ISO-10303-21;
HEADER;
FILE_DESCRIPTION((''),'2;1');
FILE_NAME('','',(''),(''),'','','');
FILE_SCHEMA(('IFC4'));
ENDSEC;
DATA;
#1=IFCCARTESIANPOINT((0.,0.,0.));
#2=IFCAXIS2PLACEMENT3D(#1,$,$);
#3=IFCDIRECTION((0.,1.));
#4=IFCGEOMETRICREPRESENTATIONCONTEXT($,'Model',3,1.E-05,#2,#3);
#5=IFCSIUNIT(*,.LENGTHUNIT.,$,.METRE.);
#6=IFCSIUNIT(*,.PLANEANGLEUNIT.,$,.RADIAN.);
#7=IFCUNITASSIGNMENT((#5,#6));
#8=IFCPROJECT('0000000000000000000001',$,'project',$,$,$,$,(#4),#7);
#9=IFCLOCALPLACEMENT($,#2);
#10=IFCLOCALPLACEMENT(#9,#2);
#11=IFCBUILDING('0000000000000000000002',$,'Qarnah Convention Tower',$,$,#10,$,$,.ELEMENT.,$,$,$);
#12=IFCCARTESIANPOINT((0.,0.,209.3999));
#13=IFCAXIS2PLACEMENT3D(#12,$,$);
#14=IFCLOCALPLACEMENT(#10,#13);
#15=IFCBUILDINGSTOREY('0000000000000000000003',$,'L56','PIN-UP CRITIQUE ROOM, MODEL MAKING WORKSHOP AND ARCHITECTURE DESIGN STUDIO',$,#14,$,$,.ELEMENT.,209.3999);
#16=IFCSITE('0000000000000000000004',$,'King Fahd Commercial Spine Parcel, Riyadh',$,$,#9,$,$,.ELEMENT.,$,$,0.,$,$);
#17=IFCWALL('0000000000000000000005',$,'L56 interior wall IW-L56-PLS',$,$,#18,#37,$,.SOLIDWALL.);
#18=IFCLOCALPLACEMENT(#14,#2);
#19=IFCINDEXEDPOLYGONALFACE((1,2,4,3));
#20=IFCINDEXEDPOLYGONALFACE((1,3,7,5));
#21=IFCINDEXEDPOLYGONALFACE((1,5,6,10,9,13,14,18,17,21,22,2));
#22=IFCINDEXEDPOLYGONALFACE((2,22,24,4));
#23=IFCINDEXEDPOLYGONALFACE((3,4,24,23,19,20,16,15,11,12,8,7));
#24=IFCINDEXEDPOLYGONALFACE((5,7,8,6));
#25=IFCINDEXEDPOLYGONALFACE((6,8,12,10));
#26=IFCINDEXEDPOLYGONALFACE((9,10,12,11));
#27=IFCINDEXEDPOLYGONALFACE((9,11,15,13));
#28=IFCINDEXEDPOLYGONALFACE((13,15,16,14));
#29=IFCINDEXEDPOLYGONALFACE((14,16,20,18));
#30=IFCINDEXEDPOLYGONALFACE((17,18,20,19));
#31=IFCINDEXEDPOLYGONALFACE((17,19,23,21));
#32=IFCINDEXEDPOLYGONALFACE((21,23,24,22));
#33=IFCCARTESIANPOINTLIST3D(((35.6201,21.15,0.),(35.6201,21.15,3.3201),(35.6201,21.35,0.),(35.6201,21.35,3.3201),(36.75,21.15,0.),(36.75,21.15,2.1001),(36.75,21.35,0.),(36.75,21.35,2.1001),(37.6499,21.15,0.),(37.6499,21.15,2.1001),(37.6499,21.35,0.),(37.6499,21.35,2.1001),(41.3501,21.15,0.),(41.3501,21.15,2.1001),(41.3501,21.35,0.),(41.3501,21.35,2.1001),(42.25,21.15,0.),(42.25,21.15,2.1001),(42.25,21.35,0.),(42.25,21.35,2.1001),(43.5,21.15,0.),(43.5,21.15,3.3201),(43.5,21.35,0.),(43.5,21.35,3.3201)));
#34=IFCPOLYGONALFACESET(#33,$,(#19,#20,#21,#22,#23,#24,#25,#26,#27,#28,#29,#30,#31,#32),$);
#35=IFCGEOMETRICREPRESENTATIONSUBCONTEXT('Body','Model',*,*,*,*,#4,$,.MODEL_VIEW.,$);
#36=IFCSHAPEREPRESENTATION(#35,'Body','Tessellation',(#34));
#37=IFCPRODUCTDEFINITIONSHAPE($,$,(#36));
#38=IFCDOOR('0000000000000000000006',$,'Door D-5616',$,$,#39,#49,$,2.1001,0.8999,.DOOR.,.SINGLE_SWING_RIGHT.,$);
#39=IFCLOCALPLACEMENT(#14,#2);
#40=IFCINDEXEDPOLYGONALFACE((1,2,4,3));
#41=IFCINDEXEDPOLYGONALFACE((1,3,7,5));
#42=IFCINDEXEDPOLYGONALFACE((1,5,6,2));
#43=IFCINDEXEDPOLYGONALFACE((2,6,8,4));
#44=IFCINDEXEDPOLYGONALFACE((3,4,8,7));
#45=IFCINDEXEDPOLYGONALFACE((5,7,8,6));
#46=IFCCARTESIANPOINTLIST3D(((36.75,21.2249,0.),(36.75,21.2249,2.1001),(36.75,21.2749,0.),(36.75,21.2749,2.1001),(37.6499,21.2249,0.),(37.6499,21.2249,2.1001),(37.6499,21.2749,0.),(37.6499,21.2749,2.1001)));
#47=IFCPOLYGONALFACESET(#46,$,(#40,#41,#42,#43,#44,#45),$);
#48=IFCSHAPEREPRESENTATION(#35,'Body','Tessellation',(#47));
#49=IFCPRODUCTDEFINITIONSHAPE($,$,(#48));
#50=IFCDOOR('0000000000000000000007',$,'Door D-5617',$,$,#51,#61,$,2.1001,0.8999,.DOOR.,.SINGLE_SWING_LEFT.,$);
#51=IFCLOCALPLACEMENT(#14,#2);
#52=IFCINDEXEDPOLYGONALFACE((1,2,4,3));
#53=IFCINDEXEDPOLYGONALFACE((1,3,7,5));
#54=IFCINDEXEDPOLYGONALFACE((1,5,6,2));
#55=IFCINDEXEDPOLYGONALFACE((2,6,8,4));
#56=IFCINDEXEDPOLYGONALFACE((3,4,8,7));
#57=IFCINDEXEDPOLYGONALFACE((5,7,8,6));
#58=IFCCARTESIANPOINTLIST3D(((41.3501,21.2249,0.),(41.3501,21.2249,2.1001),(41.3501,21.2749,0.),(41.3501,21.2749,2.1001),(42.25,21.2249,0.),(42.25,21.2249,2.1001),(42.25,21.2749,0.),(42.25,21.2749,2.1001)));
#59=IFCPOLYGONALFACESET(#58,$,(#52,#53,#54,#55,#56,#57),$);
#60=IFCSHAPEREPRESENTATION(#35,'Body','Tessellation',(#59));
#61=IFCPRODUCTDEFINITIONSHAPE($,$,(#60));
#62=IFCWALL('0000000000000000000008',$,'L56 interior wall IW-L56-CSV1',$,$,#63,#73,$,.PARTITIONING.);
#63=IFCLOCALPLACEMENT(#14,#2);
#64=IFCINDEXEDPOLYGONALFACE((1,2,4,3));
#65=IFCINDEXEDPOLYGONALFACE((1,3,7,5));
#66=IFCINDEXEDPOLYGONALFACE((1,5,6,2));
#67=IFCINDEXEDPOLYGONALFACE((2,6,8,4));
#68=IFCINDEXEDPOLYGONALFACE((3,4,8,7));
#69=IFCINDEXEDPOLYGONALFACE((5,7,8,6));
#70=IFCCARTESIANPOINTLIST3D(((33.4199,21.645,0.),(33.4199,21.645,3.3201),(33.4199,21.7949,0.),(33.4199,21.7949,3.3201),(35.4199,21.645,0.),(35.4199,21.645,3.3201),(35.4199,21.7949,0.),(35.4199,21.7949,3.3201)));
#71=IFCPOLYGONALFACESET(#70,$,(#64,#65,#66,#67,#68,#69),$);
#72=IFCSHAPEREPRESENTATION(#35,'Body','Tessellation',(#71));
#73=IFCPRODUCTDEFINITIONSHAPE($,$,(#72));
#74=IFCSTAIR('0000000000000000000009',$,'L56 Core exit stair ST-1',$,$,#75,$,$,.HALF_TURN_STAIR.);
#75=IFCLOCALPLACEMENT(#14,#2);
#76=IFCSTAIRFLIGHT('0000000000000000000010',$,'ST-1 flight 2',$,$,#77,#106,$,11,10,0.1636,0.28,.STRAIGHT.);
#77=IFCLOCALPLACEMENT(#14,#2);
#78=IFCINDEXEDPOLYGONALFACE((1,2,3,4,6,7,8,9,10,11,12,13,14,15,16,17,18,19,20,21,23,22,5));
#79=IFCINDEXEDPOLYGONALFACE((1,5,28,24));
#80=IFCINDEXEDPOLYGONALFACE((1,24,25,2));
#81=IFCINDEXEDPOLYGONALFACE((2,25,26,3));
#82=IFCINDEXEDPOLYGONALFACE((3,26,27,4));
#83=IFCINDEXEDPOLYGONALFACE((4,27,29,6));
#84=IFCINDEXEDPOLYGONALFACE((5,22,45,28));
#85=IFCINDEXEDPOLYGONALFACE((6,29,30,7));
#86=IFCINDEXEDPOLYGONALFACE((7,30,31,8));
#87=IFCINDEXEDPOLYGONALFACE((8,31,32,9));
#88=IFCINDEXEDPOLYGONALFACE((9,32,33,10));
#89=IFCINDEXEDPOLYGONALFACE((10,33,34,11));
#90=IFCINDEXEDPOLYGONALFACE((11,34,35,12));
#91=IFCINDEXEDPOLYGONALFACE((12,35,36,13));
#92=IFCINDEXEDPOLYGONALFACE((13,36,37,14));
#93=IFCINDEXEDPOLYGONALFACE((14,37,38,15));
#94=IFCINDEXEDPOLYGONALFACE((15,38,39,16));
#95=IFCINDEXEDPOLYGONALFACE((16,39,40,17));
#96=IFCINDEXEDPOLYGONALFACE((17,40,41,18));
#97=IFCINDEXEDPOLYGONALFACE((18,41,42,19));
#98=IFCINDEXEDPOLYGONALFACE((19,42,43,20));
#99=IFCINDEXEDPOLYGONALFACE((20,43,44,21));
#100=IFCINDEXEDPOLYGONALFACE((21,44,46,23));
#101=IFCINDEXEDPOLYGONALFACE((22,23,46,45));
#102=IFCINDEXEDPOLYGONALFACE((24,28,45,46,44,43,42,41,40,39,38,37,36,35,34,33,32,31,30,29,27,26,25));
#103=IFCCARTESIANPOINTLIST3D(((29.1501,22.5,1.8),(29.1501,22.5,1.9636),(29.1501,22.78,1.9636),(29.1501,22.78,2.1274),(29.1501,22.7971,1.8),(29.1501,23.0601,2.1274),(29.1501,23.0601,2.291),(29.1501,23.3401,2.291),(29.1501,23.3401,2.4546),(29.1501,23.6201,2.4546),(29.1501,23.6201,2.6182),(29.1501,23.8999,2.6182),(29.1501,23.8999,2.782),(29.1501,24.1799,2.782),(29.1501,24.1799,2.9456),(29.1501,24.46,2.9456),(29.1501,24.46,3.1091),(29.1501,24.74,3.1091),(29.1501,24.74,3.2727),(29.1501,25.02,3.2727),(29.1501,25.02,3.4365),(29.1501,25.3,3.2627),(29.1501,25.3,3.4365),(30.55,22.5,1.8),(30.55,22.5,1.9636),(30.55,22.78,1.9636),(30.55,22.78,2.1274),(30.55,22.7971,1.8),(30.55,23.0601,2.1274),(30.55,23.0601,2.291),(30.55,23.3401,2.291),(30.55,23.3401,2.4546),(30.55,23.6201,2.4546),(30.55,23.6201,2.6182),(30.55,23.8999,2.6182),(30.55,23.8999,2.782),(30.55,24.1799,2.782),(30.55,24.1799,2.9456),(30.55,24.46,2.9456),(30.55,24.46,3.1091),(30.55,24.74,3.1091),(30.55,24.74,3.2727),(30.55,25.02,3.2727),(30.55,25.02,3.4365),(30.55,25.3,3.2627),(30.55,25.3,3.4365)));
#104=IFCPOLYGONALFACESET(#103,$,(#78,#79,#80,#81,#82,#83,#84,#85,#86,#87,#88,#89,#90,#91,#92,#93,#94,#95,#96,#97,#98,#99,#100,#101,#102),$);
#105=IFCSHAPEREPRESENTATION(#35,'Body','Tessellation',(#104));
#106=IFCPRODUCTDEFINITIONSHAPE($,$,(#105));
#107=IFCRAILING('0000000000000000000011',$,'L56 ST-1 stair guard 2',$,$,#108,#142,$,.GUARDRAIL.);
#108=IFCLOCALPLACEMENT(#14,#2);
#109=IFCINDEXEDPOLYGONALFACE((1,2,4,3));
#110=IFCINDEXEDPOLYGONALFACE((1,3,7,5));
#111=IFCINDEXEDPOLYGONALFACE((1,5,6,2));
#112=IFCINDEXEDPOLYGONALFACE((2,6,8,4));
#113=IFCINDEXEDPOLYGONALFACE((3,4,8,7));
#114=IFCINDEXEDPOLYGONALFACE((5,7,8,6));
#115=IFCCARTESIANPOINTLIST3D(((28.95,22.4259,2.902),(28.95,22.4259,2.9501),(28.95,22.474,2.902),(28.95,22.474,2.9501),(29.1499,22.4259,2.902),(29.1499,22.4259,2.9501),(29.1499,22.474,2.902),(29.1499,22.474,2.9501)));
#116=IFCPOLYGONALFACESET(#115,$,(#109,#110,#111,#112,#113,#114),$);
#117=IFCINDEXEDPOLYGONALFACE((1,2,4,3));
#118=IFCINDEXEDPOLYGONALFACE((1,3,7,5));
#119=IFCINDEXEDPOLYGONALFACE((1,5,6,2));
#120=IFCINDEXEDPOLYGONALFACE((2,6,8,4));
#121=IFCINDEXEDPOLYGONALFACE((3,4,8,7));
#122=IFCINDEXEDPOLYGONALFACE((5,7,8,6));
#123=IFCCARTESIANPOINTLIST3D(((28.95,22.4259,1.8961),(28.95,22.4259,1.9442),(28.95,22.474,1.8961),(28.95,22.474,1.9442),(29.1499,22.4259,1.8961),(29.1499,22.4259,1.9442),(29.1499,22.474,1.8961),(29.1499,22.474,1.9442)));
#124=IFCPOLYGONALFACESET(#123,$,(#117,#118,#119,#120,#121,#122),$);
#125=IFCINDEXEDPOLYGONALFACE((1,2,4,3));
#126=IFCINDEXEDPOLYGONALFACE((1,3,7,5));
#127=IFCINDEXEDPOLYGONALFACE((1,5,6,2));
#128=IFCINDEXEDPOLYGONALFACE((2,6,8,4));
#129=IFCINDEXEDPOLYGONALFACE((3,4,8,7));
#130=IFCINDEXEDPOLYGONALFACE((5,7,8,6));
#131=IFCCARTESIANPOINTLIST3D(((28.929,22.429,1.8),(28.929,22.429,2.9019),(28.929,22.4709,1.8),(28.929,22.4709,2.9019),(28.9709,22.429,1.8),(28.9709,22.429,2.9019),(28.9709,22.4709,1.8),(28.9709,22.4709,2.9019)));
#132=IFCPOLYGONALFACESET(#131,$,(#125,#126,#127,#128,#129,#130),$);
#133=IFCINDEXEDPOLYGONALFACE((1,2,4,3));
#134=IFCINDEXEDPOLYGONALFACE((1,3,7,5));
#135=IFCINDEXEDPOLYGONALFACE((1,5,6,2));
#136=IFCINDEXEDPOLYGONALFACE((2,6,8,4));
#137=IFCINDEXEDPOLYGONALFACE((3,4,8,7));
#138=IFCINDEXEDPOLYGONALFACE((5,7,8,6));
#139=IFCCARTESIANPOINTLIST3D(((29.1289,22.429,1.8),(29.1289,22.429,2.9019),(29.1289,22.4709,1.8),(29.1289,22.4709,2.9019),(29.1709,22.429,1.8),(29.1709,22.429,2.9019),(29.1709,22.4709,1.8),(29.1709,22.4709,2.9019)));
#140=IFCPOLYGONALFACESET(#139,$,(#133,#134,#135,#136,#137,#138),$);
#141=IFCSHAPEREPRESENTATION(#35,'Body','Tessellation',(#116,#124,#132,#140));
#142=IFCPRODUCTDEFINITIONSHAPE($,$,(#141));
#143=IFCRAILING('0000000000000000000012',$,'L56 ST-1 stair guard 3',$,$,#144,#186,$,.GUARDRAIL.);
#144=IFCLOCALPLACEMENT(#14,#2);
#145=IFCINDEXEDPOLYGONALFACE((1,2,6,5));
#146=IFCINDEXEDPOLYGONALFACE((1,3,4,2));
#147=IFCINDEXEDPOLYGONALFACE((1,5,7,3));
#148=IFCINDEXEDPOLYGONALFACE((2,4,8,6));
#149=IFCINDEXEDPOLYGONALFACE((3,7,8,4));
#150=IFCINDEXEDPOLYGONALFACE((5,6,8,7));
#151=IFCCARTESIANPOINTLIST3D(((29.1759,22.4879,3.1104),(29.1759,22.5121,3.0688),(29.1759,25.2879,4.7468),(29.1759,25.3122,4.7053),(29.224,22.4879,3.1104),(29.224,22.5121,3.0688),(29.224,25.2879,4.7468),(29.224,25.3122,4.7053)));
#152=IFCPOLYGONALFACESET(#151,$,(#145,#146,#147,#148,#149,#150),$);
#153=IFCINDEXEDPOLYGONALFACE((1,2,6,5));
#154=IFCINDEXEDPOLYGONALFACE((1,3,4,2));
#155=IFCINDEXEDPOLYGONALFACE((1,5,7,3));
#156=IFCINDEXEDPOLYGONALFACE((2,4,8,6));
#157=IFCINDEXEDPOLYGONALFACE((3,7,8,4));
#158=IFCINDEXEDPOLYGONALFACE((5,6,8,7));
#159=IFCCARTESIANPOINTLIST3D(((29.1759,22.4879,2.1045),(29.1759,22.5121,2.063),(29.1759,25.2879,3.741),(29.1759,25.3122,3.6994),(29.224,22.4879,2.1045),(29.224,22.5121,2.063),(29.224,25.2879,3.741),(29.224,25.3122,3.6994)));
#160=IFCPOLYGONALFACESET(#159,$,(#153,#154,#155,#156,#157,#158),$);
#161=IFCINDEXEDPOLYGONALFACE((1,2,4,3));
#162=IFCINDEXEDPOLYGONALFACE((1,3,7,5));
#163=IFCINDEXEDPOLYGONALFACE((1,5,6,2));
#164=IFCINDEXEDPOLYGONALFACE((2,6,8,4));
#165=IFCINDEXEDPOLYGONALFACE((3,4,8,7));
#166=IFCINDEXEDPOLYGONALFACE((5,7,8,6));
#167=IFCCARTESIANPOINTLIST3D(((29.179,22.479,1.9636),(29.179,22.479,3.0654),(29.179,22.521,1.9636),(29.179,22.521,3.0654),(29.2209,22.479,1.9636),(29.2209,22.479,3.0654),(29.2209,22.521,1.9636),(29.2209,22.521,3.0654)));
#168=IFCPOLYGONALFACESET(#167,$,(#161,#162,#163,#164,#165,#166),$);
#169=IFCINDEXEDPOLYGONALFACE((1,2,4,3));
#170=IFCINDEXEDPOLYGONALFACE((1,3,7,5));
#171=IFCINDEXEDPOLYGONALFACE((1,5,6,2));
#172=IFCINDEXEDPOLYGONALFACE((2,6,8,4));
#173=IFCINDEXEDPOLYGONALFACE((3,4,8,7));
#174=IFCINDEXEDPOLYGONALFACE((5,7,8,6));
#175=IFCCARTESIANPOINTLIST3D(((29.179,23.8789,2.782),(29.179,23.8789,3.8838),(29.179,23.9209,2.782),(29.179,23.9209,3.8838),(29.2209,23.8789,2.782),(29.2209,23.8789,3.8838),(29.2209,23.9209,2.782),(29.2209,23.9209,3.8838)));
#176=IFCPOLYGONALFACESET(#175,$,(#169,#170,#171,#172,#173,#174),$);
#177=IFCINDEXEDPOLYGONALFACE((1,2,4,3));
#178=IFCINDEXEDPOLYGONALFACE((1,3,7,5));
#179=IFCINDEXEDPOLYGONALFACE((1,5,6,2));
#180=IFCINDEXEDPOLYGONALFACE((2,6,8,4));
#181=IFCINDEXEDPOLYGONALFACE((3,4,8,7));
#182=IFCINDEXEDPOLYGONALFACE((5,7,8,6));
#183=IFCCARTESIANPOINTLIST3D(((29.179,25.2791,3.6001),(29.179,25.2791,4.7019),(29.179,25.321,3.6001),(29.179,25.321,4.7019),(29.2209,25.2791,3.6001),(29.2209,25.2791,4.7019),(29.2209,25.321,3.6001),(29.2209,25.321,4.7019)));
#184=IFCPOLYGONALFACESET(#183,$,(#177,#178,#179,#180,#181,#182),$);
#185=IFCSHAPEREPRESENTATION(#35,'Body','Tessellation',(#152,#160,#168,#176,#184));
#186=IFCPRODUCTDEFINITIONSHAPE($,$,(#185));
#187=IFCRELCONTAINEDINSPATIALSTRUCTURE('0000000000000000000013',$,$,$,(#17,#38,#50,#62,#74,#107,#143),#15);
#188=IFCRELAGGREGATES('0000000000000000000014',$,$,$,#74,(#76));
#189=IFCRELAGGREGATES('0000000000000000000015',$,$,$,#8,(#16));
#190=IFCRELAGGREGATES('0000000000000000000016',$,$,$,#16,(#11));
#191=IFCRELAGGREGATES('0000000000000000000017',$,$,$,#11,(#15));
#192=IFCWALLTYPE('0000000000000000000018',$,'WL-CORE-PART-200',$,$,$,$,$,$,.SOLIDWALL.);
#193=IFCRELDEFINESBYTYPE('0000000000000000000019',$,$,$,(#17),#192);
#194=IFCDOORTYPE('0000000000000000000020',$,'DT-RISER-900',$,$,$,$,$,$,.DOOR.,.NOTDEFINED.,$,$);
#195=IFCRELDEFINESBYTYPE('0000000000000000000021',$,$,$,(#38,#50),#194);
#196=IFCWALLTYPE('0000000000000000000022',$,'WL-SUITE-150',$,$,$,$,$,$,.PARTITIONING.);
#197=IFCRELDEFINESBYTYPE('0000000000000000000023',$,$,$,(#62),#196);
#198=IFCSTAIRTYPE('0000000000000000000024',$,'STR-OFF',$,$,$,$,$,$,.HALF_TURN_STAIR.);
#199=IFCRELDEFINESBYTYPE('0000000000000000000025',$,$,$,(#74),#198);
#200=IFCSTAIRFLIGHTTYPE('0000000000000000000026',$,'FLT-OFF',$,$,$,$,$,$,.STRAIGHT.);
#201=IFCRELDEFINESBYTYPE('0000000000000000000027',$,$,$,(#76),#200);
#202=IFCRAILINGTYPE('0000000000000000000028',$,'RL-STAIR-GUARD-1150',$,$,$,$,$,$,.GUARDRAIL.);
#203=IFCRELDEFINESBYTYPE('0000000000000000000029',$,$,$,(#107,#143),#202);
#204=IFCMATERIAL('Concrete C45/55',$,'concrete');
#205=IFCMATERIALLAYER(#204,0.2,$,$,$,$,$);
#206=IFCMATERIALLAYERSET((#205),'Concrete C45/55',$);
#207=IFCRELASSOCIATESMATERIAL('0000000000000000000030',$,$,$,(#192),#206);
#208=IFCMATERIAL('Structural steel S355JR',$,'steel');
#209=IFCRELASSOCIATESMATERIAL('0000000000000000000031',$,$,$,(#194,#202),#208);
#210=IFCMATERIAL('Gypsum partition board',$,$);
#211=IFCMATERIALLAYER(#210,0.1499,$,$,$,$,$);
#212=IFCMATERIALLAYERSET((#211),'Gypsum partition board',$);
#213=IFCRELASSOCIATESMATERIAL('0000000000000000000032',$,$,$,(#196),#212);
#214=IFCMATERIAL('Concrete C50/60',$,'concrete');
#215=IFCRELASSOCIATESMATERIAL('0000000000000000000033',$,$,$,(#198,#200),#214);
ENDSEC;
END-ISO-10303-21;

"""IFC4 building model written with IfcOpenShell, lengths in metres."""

from ifc_helpers import new_model, si_unit, direction, frame, frame_2d, origin, origin_2d, place, context, subcontext, project, spatial, polyline, rectangle, outline, extrude, material, layer, layer_set, type_object, element, fill, aggregate, save


model = new_model("IFC4")

# Units and contexts
model_context = context("Model", 3, precision=1e-05, world=origin(), true_north=direction((0.0, 1.0)))
body_context = subcontext(model_context, "Body", "Model", "MODEL_VIEW")
ifc_project = project(units=[si_unit("LENGTHUNIT", "METRE"), si_unit("PLANEANGLEUNIT", "RADIAN")], contexts=[model_context])

# Site, building, storey
site_placement = place(None, origin())
site = spatial("IfcSite", under=ifc_project, at=site_placement, Name="King Fahd Commercial Spine Parcel, Riyadh", CompositionType="ELEMENT", RefElevation=0.0)
building_placement = place(site_placement, origin())
building = spatial("IfcBuilding", under=site, at=building_placement, Name="Qarnah Convention Tower", CompositionType="ELEMENT")
storey_placement = place(building_placement, frame((0.0, 0.0, 209.3999)))
storey = spatial("IfcBuildingStorey", under=building, at=storey_placement, Name="L56", Description="PIN-UP CRITIQUE ROOM, MODEL MAKING WORKSHOP AND ARCHITECTURE DESIGN STUDIO", CompositionType="ELEMENT", Elevation=209.3999)

# Shared definitions
ifc_material_1 = material(Name="Structural steel S355JR", Category="steel")

# Shared definitions
ifc_material_2 = material(Name="Concrete C45/55", Category="concrete")
ifc_layer_1 = layer(ifc_material_2, 0.2)
ifc_layer_set_1 = layer_set([ifc_layer_1], Name="Concrete C45/55")
wall_type_1 = type_object("IfcWallType", Name="WL-CORE-PART-200", PredefinedType="SOLIDWALL", material=ifc_layer_set_1)
door_type_1 = type_object("IfcDoorType", Name="DT-RISER-900", OperationType="NOTDEFINED", PredefinedType="DOOR", material=ifc_material_1)

# Wall, openings, doors
wall_1_placement = place(storey_placement, frame((35.6201, 21.25, 0.0), z_axis=(0.0, 0.0, 1.0), x_axis=(1.0, 0.0, 0.0)))
wall_1 = element("IfcWall", 1, at=wall_1_placement, inside=storey, type_object=wall_type_1, Name="L56 interior wall IW-L56-PLS", PredefinedType="SOLIDWALL", context=body_context, shape_type="SweptSolid", body=[
    extrude(rectangle(XDim=7.8799, YDim=0.2, at=frame_2d((3.9399, 0.0))), origin(), (0.0, 0.0, 1.0), 3.3201),
])
opening_1_placement = place(wall_1_placement, frame((1.1299, 0.0, 0.0)))
opening_1 = element("IfcOpeningElement", 2, at=opening_1_placement, cuts=wall_1, PredefinedType="OPENING", context=body_context, shape_type="SweptSolid", body=[
    extrude(rectangle(XDim=0.8999, YDim=2.1001, at=frame_2d((0.45, 1.05))), frame((0.0, 0.1099, 0.0), z_axis=(0.0, -1.0, 0.0), x_axis=(1.0, 0.0, 0.0)), (0.0, 0.0, 1.0), 0.22),
])
opening_2_placement = place(wall_1_placement, frame((5.73, 0.0, 0.0)))
opening_2 = element("IfcOpeningElement", 3, at=opening_2_placement, cuts=wall_1, PredefinedType="OPENING", context=body_context, shape_type="SweptSolid", body=[
    extrude(rectangle(XDim=0.8999, YDim=2.1001, at=frame_2d((0.45, 1.05))), frame((0.0, 0.1099, 0.0), z_axis=(0.0, -1.0, 0.0), x_axis=(1.0, 0.0, 0.0)), (0.0, 0.0, 1.0), 0.22),
])
door_1_placement = place(opening_1_placement, origin())
door_1 = element("IfcDoor", 4, at=door_1_placement, inside=storey, type_object=door_type_1, Name="Door D-5616", OperationType="SINGLE_SWING_RIGHT", OverallHeight=2.1001, OverallWidth=0.8999, PredefinedType="DOOR", context=body_context, shape_type="SweptSolid", body=[
    extrude(rectangle(XDim=0.8999, YDim=2.1001, at=frame_2d((0.45, 1.05))), frame((0.0, 0.0249, 0.0), z_axis=(0.0, -1.0, 0.0), x_axis=(1.0, 0.0, 0.0)), (0.0, 0.0, 1.0), 0.05),
])
fill(opening_1, door_1)
door_2_placement = place(opening_2_placement, origin())
door_2 = element("IfcDoor", 5, at=door_2_placement, inside=storey, type_object=door_type_1, Name="Door D-5617", OperationType="SINGLE_SWING_LEFT", OverallHeight=2.1001, OverallWidth=0.8999, PredefinedType="DOOR", context=body_context, shape_type="SweptSolid", body=[
    extrude(rectangle(XDim=0.8999, YDim=2.1001, at=frame_2d((0.45, 1.05))), frame((0.0, 0.0249, 0.0), z_axis=(0.0, -1.0, 0.0), x_axis=(1.0, 0.0, 0.0)), (0.0, 0.0, 1.0), 0.05),
])
fill(opening_2, door_2)

# Wall
ifc_material_3 = material(Name="Gypsum partition board")
ifc_layer_2 = layer(ifc_material_3, 0.1499)
ifc_layer_set_2 = layer_set([ifc_layer_2], Name="Gypsum partition board")
wall_type_2 = type_object("IfcWallType", Name="WL-SUITE-150", PredefinedType="PARTITIONING", material=ifc_layer_set_2)
wall_2_placement = place(storey_placement, frame((33.4199, 21.72, 0.0), z_axis=(0.0, 0.0, 1.0), x_axis=(1.0, 0.0, 0.0)))
element("IfcWall", 6, at=wall_2_placement, inside=storey, type_object=wall_type_2, Name="L56 interior wall IW-L56-CSV1", PredefinedType="PARTITIONING", context=body_context, shape_type="SweptSolid", body=[
    extrude(rectangle(XDim=2.0, YDim=0.1499, at=frame_2d((1.0, 0.0))), origin(), (0.0, 0.0, 1.0), 3.3201),
])

# Stair, stair flight
ifc_material_4 = material(Name="Concrete C50/60", Category="concrete")
stair_type = type_object("IfcStairType", Name="STR-OFF", PredefinedType="HALF_TURN_STAIR", material=ifc_material_4)
stair_placement = place(storey_placement, origin())
stair = element("IfcStair", 7, at=stair_placement, inside=storey, type_object=stair_type, Name="L56 Core exit stair ST-1", PredefinedType="HALF_TURN_STAIR")
stair_flight_type = type_object("IfcStairFlightType", Name="FLT-OFF", PredefinedType="STRAIGHT", material=ifc_material_4)
stair_flight_placement = place(storey_placement, frame((29.8501, 22.5, 1.8), z_axis=(0.0, 0.0, 1.0), x_axis=(0.0, 1.0, 0.0)))
stair_flight = element("IfcStairFlight", 8, at=stair_flight_placement, type_object=stair_flight_type, Name="ST-1 flight 2", NumberOfRisers=11, NumberOfTreads=10, PredefinedType="STRAIGHT", RiserHeight=0.1636, TreadLength=0.28, context=body_context, shape_type="SweptSolid", body=[
    extrude(outline(polyline([(0.0, 0.0), (0.0, 0.1636), (0.28, 0.1636), (0.28, 0.3274), (0.5601, 0.3274), (0.5601, 0.491), (0.8401, 0.491), (0.8401, 0.6545), (1.1201, 0.6545), (1.1201, 0.8181), (1.3999, 0.8181), (1.3999, 0.9819), (1.6799, 0.9819), (1.6799, 1.1455), (1.96, 1.1455), (1.96, 1.3091), (2.24, 1.3091), (2.24, 1.4727), (2.52, 1.4727), (2.52, 1.6365), (2.8, 1.6365), (2.8, 1.8), (2.8, 1.4626), (0.2971, 0.0), (0.0, 0.0)])), frame((0.0, 0.7, 0.0), z_axis=(0.0, -1.0, 0.0), x_axis=(1.0, 0.0, 0.0)), (0.0, 0.0, 1.0), 1.3999),
])
aggregate(stair, [stair_flight])

# Railings
railing_type_1 = type_object("IfcRailingType", Name="RL-STAIR-GUARD-1150", PredefinedType="GUARDRAIL", material=ifc_material_1)
railing_1_placement = place(storey_placement, frame((28.95, 22.45, 1.8)))
element("IfcRailing", 9, at=railing_1_placement, inside=storey, type_object=railing_type_1, Name="L56 ST-1 stair guard 2", PredefinedType="GUARDRAIL", context=body_context, shape_type="SweptSolid", body=[
    extrude(rectangle(XDim=0.0481, YDim=0.0481, at=origin_2d()), frame((0.0, 0.0, 1.126), z_axis=(1.0, 0.0, 0.0), x_axis=(0.0, 1.0, 0.0)), (0.0, 0.0, 1.0), 0.2),
    extrude(rectangle(XDim=0.0481, YDim=0.0481, at=origin_2d()), frame((0.0, 0.0, 0.1201), z_axis=(1.0, 0.0, 0.0), x_axis=(0.0, 1.0, 0.0)), (0.0, 0.0, 1.0), 0.2),
    extrude(rectangle(XDim=0.042, YDim=0.042, at=origin_2d()), origin(), (0.0, 0.0, 1.0), 1.1018),
    extrude(rectangle(XDim=0.042, YDim=0.042, at=origin_2d()), frame((0.2, 0.0, 0.0)), (0.0, 0.0, 1.0), 1.1018),
])
railing_2_placement = place(storey_placement, frame((29.2, 22.5, 1.9636)))
element("IfcRailing", 10, at=railing_2_placement, inside=storey, type_object=railing_type_1, Name="L56 ST-1 stair guard 3", PredefinedType="GUARDRAIL", context=body_context, shape_type="SweptSolid", body=[
    extrude(rectangle(XDim=0.0481, YDim=0.0481, at=origin_2d()), frame((0.0, 0.0, 1.126), z_axis=(0.0, 0.863361, 0.504587), x_axis=(-1.0, 0.0, 0.0)), (0.0, 0.0, 1.0), 3.2432),
    extrude(rectangle(XDim=0.0481, YDim=0.0481, at=origin_2d()), frame((0.0, 0.0, 0.1201), z_axis=(0.0, 0.863361, 0.504587), x_axis=(-1.0, 0.0, 0.0)), (0.0, 0.0, 1.0), 3.2432),
    extrude(rectangle(XDim=0.042, YDim=0.042, at=origin_2d()), origin(), (0.0, 0.0, 1.0), 1.1018),
    extrude(rectangle(XDim=0.042, YDim=0.042, at=origin_2d()), frame((0.0, 1.3999, 0.8184)), (0.0, 0.0, 1.0), 1.1018),
    extrude(rectangle(XDim=0.042, YDim=0.042, at=origin_2d()), frame((0.0, 2.8, 1.6365)), (0.0, 0.0, 1.0), 1.1018),
])

save(model, "model.ifc")
